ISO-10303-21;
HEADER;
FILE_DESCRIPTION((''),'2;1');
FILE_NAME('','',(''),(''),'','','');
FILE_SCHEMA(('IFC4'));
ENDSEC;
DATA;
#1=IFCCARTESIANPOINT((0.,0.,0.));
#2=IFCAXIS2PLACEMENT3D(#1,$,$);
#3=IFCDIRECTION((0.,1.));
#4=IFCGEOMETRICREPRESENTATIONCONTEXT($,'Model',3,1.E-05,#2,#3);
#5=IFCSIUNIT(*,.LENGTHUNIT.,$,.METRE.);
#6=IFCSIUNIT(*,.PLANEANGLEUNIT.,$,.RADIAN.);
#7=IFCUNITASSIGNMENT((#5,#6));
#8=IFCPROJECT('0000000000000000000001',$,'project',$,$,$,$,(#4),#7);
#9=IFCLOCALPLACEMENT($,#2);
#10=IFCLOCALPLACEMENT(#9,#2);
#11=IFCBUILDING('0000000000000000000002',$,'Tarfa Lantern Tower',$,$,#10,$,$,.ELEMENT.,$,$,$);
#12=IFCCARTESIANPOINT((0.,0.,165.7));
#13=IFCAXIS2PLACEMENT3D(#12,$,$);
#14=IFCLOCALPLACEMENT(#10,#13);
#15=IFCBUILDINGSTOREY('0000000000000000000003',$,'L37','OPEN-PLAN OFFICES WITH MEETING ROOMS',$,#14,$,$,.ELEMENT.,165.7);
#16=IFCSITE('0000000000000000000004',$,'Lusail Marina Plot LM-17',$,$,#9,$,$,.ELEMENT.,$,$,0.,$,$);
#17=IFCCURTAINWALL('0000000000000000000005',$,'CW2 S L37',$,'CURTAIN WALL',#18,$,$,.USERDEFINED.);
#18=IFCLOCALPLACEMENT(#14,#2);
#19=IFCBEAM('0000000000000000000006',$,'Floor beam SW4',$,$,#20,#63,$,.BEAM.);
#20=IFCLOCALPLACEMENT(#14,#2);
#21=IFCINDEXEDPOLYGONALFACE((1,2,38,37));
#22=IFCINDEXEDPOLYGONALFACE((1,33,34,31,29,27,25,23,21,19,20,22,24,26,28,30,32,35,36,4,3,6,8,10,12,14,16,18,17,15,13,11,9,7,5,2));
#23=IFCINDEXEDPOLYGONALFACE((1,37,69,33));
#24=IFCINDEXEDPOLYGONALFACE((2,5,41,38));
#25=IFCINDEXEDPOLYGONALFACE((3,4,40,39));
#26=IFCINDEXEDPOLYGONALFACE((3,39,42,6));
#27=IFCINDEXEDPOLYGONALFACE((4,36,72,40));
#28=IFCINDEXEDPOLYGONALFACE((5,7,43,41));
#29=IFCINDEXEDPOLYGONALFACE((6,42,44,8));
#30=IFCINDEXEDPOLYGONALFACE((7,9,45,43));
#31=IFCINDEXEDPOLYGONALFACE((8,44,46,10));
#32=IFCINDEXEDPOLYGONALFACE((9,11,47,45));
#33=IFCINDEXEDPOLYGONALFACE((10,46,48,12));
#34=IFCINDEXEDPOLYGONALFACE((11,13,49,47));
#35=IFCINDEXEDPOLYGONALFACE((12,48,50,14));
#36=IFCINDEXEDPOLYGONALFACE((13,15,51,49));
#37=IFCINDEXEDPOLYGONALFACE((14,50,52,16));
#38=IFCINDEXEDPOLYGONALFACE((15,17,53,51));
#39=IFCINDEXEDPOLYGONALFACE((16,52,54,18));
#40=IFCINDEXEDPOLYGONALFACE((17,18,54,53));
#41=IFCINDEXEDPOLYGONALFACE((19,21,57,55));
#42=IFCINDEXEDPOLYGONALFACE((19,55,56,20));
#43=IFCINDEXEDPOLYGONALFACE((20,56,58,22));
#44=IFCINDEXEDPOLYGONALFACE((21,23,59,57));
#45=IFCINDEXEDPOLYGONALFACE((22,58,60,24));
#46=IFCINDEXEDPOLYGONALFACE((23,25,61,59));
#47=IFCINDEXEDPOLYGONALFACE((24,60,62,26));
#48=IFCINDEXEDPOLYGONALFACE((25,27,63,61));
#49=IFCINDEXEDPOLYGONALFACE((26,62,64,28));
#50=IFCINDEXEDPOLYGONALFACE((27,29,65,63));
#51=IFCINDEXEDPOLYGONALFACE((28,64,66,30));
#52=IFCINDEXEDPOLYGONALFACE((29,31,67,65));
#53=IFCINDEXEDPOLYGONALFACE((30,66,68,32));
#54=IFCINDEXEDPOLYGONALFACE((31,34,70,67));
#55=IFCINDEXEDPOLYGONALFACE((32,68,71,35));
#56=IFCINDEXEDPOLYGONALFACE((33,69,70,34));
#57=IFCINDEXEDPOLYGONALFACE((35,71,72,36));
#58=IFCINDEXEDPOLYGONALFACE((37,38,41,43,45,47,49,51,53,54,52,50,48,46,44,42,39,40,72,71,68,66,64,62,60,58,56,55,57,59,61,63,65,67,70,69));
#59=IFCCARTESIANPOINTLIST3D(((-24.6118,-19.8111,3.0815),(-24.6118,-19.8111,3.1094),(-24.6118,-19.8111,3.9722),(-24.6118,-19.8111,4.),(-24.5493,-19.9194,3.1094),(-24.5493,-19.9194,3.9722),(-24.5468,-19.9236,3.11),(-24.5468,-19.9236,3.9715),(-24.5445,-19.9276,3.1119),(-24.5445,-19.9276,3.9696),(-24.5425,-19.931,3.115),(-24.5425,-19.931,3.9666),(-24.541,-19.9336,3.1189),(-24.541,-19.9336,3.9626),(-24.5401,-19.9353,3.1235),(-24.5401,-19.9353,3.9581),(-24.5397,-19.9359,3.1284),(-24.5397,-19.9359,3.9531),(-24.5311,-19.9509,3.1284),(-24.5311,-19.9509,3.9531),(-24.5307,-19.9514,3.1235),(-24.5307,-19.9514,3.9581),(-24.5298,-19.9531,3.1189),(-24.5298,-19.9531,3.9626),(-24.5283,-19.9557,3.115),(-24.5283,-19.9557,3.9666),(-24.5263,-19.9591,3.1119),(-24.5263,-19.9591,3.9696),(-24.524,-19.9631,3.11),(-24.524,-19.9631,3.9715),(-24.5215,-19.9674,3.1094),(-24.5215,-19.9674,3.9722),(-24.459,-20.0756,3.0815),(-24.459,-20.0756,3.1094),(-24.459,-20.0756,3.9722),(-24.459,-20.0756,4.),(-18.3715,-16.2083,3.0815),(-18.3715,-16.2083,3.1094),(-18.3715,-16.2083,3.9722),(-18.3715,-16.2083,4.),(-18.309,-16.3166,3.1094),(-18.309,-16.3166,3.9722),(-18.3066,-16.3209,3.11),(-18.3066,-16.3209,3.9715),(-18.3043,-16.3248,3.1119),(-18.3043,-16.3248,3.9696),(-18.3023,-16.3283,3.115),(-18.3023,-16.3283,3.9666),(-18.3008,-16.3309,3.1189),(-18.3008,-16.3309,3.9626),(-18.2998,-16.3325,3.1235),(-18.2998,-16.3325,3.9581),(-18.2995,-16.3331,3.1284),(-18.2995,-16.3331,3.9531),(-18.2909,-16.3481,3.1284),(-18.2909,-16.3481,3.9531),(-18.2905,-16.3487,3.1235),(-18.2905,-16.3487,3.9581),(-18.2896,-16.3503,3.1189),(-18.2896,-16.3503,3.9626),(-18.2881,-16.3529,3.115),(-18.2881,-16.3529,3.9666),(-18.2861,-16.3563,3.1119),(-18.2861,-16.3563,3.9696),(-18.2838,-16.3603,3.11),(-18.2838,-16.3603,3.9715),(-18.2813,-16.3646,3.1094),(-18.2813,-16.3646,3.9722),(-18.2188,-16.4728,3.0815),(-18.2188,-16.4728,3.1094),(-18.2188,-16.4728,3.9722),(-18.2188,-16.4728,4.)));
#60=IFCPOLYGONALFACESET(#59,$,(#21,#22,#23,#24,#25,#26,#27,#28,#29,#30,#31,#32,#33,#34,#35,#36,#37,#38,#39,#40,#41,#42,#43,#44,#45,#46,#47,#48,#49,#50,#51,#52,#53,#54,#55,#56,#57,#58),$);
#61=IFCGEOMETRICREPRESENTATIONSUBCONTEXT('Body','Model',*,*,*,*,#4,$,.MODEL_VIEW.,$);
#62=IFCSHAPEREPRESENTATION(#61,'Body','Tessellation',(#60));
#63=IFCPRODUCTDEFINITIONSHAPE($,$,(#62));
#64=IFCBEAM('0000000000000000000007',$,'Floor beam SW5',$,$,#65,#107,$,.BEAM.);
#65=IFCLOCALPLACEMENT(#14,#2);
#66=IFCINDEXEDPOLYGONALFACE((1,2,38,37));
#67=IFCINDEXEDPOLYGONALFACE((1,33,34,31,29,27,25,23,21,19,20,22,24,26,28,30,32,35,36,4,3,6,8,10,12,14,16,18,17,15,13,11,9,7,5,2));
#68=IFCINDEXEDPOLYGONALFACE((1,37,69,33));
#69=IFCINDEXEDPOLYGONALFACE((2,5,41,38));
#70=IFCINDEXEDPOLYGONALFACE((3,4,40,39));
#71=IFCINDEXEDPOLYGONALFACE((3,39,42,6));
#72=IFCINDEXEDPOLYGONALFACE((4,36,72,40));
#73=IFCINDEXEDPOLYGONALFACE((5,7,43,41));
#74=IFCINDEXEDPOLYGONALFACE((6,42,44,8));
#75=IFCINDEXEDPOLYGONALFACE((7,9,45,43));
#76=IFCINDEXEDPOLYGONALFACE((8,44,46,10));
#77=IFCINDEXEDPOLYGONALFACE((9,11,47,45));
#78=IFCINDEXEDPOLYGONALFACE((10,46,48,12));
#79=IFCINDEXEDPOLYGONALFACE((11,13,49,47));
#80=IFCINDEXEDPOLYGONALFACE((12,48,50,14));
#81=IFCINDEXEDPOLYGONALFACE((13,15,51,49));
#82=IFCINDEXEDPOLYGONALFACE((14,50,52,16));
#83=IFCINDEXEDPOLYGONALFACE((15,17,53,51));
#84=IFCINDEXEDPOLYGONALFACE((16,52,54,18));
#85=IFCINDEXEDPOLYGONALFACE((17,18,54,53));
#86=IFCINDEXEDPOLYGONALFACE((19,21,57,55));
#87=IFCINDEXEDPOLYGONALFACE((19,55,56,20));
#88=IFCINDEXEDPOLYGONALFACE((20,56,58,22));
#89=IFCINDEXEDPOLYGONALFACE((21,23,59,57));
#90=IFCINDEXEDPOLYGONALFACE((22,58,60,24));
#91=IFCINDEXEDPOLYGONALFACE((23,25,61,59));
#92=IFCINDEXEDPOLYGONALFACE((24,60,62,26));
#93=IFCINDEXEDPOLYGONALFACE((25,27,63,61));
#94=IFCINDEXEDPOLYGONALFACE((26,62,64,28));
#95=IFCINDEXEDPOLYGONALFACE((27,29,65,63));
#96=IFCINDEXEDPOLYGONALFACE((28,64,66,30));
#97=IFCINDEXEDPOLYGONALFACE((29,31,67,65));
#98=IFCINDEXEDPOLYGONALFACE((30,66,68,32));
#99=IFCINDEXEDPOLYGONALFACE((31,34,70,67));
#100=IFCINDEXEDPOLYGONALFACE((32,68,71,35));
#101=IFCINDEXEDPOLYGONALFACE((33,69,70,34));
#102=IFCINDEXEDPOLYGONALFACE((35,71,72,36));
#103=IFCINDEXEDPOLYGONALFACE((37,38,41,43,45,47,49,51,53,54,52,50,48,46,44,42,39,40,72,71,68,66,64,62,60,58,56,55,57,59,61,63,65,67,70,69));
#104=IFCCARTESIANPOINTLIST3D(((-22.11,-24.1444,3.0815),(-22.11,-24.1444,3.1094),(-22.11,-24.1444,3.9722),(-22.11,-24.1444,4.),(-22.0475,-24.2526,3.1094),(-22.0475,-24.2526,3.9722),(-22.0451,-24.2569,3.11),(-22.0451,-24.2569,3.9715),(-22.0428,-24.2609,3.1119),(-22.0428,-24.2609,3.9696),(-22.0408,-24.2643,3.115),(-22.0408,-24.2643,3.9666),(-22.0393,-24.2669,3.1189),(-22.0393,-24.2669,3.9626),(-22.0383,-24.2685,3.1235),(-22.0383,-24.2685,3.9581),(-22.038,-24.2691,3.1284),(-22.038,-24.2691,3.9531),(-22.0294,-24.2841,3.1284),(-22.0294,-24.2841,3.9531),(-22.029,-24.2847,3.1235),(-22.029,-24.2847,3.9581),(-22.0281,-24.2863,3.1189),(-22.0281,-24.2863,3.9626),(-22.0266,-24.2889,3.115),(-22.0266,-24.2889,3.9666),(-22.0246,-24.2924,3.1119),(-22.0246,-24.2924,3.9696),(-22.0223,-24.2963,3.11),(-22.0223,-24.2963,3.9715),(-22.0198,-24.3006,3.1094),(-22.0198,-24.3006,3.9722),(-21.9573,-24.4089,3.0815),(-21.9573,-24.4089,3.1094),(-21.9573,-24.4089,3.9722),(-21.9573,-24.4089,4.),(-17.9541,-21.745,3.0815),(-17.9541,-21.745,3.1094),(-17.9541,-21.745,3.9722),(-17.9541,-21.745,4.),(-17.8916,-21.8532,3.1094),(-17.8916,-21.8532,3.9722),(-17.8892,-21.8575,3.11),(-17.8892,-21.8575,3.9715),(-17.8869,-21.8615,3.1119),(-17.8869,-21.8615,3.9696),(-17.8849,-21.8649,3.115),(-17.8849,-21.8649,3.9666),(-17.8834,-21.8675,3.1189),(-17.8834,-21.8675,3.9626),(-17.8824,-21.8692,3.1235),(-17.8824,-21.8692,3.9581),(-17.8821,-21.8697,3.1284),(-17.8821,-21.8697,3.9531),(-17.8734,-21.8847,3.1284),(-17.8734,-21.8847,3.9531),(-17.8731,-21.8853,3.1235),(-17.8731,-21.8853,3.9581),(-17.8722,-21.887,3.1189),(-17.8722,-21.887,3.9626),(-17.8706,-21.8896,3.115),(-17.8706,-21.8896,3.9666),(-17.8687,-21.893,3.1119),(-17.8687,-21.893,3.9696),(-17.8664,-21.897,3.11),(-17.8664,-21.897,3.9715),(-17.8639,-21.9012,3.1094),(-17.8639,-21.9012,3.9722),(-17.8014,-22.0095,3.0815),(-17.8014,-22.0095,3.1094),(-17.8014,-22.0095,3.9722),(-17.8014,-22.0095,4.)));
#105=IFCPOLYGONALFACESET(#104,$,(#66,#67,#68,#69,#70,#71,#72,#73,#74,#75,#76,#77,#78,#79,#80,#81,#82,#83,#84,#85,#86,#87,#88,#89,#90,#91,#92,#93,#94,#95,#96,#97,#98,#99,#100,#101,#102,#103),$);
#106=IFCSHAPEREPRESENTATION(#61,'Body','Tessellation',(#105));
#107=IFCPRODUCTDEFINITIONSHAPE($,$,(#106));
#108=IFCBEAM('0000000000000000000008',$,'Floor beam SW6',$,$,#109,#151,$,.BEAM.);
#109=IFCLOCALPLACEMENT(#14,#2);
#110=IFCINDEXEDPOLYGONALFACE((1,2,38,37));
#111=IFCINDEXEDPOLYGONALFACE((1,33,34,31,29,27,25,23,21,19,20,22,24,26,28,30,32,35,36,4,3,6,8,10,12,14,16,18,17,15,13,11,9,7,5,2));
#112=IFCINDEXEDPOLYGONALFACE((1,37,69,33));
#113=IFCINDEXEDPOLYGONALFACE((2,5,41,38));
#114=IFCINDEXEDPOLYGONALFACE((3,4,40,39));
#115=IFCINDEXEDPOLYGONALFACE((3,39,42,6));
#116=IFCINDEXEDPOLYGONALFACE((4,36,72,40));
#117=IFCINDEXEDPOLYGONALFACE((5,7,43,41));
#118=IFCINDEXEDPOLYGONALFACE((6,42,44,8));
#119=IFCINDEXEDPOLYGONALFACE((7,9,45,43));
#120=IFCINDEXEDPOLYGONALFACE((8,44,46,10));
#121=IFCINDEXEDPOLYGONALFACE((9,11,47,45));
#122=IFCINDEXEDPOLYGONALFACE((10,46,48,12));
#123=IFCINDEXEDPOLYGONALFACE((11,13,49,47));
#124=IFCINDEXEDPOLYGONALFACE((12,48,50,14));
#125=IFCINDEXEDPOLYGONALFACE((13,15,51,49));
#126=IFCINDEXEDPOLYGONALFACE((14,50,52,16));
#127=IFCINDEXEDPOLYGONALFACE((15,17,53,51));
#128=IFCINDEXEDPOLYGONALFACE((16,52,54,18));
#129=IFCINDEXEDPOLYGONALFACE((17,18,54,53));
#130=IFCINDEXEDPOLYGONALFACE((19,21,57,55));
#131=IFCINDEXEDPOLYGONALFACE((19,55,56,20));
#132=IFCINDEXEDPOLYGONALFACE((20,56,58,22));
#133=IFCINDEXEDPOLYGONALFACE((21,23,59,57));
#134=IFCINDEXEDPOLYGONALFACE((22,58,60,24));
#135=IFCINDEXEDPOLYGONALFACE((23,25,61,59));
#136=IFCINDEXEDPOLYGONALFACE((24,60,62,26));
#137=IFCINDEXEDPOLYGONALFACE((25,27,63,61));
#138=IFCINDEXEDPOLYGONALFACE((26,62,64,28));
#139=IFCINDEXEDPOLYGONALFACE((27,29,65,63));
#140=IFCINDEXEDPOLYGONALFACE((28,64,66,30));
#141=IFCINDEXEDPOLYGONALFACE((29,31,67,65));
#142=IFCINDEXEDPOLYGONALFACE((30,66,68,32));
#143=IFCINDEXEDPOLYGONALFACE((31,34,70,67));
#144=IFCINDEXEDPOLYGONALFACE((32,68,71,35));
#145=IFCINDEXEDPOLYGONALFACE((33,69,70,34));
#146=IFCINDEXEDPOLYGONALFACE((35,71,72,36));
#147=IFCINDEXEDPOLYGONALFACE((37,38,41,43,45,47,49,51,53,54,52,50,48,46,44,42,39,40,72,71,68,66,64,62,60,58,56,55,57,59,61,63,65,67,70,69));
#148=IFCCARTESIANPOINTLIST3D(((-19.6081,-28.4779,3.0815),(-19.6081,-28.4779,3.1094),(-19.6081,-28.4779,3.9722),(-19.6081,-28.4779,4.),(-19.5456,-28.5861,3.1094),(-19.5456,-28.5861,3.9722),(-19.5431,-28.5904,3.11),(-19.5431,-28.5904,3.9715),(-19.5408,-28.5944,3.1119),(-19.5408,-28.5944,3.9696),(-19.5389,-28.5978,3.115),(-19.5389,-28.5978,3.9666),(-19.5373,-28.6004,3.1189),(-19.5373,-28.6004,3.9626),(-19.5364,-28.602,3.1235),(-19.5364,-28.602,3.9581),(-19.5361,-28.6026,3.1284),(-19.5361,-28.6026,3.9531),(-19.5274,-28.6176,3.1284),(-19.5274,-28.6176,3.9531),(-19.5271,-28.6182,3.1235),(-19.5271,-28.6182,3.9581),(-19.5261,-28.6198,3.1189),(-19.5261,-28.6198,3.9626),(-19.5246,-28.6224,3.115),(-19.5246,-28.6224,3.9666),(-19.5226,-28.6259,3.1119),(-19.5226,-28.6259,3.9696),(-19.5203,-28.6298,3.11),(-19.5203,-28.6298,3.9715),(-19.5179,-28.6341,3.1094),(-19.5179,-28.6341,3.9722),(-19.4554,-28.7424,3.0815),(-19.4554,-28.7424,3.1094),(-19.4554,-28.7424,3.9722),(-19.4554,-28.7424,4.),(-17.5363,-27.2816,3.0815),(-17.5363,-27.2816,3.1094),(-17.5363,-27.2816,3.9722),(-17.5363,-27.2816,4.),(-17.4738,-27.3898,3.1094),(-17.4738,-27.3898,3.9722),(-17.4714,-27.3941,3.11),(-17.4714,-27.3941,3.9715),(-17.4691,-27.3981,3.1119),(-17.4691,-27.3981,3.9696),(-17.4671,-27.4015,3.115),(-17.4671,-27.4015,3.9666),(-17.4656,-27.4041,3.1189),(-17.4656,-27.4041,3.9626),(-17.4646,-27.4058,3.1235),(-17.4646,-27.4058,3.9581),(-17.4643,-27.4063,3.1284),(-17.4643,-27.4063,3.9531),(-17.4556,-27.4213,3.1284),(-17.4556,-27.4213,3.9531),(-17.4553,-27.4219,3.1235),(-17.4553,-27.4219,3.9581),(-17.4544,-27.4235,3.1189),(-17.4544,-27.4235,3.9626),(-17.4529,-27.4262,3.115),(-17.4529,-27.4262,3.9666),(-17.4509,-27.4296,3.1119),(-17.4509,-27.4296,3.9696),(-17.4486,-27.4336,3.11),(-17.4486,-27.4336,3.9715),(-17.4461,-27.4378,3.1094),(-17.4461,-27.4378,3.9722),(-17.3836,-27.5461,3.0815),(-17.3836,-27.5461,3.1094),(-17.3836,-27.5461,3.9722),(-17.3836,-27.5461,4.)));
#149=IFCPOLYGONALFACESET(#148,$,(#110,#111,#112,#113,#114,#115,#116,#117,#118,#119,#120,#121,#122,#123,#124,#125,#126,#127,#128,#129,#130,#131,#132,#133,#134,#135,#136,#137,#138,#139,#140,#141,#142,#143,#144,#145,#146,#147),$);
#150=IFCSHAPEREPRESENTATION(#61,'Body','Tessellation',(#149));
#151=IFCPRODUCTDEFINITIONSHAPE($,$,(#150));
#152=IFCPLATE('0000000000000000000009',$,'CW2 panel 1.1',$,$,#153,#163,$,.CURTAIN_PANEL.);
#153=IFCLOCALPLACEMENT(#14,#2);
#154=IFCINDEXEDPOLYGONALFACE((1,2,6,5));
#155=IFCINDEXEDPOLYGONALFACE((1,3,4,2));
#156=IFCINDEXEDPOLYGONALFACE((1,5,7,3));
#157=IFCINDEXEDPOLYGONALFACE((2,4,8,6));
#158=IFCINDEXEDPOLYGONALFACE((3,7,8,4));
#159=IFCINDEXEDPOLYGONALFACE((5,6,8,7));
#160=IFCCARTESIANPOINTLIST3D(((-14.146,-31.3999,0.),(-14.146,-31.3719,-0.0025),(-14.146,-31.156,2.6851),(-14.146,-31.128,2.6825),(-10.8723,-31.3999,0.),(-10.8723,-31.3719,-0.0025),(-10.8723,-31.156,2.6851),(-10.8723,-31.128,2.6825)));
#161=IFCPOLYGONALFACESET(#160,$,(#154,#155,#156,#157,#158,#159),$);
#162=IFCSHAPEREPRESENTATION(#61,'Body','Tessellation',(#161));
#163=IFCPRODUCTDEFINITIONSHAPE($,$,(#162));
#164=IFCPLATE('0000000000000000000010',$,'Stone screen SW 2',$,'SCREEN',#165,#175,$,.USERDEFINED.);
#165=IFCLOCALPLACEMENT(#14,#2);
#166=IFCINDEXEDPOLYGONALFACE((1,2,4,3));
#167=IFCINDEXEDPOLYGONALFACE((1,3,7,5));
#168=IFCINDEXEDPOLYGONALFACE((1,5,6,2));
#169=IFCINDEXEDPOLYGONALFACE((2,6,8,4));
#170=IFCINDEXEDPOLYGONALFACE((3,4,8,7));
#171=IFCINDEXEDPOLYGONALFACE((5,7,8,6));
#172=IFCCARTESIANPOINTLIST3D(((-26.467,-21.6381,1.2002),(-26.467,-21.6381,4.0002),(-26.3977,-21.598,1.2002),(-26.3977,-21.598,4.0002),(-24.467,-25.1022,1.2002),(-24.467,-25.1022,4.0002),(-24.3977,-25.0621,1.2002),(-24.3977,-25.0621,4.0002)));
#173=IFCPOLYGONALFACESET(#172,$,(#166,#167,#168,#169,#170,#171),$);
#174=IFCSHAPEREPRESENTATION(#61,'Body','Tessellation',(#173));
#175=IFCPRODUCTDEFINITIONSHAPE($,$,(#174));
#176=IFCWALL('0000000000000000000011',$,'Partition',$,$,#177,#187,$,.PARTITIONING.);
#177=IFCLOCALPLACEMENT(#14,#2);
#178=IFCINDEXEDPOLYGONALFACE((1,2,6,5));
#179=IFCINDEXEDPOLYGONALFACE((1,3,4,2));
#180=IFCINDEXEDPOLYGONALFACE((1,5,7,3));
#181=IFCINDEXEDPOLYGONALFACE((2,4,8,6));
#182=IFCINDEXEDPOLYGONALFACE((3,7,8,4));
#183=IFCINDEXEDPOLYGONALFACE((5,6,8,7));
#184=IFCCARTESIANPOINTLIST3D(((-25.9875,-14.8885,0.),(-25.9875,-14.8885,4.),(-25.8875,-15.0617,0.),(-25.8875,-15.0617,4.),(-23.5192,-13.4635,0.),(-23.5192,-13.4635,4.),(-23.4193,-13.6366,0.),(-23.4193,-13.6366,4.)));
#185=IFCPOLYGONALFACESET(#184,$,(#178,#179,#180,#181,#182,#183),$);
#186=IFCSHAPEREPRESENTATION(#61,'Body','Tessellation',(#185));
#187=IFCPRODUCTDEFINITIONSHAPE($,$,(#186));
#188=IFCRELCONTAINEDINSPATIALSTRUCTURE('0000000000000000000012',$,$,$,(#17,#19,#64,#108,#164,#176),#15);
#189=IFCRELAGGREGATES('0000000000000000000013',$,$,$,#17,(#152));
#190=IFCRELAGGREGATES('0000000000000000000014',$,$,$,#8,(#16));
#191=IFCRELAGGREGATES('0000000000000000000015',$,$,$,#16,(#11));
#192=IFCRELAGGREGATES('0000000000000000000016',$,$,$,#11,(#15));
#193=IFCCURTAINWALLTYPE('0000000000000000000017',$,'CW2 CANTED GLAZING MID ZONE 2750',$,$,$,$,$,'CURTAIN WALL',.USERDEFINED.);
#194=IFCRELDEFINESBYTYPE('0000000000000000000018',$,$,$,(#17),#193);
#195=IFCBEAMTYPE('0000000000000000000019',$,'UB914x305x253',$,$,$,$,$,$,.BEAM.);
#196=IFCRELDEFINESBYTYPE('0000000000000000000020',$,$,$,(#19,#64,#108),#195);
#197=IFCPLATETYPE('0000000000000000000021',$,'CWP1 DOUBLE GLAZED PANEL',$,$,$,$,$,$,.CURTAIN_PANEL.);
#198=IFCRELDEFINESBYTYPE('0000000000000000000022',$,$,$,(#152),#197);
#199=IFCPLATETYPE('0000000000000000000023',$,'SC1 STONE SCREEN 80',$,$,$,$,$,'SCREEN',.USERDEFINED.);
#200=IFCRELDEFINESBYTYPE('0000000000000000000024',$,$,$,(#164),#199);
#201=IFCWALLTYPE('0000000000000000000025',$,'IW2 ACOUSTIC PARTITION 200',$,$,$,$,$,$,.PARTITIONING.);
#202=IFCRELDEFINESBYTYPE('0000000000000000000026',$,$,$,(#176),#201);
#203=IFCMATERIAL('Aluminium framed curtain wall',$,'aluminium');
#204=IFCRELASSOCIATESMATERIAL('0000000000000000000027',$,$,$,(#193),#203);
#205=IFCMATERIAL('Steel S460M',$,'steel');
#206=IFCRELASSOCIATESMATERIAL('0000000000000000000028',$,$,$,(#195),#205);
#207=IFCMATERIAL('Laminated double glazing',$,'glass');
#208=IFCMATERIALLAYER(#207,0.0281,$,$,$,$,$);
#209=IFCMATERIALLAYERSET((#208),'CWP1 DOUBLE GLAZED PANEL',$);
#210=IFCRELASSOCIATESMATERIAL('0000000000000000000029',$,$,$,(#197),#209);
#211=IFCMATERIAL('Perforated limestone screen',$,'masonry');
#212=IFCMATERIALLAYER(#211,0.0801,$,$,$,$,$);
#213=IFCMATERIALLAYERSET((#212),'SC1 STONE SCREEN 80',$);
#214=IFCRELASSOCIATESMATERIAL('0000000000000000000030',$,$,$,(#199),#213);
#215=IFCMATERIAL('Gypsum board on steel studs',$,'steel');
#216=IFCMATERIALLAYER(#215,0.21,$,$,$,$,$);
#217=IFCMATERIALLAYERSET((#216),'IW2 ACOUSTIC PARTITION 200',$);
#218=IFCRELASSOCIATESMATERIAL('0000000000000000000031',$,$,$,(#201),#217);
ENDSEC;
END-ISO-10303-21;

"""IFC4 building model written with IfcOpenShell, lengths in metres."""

from ifc_helpers import new_model, si_unit, direction, frame, frame_2d, origin, origin_2d, place, context, subcontext, project, spatial, polyline, rectangle, i_section, outline, extrude, material, layer, layer_set, material_profile, profile_set, type_object, element, aggregate, save


model = new_model("IFC4")

# Units and contexts
model_context = context("Model", 3, precision=1e-05, world=origin(), true_north=direction((0.0, 1.0)))
body_context = subcontext(model_context, "Body", "Model", "MODEL_VIEW")
ifc_project = project(units=[si_unit("LENGTHUNIT", "METRE"), si_unit("PLANEANGLEUNIT", "RADIAN")], contexts=[model_context])

# Site, building, storey
site_placement = place(None, origin())
site = spatial("IfcSite", under=ifc_project, at=site_placement, Name="Lusail Marina Plot LM-17", CompositionType="ELEMENT", RefElevation=0.0)
building_placement = place(site_placement, origin())
building = spatial("IfcBuilding", under=site, at=building_placement, Name="Tarfa Lantern Tower", CompositionType="ELEMENT")
storey_placement = place(building_placement, frame((0.0, 0.0, 165.7)))
storey = spatial("IfcBuildingStorey", under=building, at=storey_placement, Name="L37", Description="OPEN-PLAN OFFICES WITH MEETING ROOMS", CompositionType="ELEMENT", Elevation=165.7)

# Curtain wall
ifc_material_1 = material(Name="Aluminium framed curtain wall", Category="aluminium")
curtain_wall_type = type_object("IfcCurtainWallType", Name="CW2 CANTED GLAZING MID ZONE 2750", ElementType="CURTAIN WALL", PredefinedType="USERDEFINED", material=ifc_material_1)
curtain_wall_placement = place(storey_placement, origin())
curtain_wall = element("IfcCurtainWall", 1, at=curtain_wall_placement, inside=storey, type_object=curtain_wall_type, Name="CW2 S L37", ObjectType="CURTAIN WALL", PredefinedType="USERDEFINED")

# Beams
ifc_material_2 = material(Name="Steel S460M", Category="steel")
ifc_material_profile_1 = material_profile(ifc_material_2, i_section(OverallWidth=0.3054, OverallDepth=0.9185, WebThickness=0.0173, FlangeThickness=0.0278, FilletRadius=0.019, at=origin_2d()), Name="UB914x305x253")
ifc_profile_set_1 = profile_set([ifc_material_profile_1], Name="Steel S460M")
beam_type_1 = type_object("IfcBeamType", Name="UB914x305x253", PredefinedType="BEAM", material=ifc_profile_set_1)
beam_1_placement = place(storey_placement, frame((-24.5354, -19.9434, 3.5408), z_axis=(0.866026, 0.499998, 0.0), x_axis=(-0.499998, 0.866026, 0.0)))
element("IfcBeam", 2, at=beam_1_placement, inside=storey, type_object=beam_type_1, Name="Floor beam SW4", PredefinedType="BEAM", context=body_context, shape_type="SweptSolid", body=[
    extrude(i_section(OverallWidth=0.3054, OverallDepth=0.9185, WebThickness=0.0173, FlangeThickness=0.0278, FilletRadius=0.019, at=origin_2d()), origin(), (0.0, 0.0, 1.0), 7.2056),
])
beam_2_placement = place(storey_placement, frame((-22.0337, -24.2766, 3.5408), z_axis=(0.866031, 0.499991, 0.0), x_axis=(-0.499991, 0.866031, 0.0)))
element("IfcBeam", 3, at=beam_2_placement, inside=storey, type_object=beam_type_1, Name="Floor beam SW5", PredefinedType="BEAM", context=body_context, shape_type="SweptSolid", body=[
    extrude(i_section(OverallWidth=0.3054, OverallDepth=0.9185, WebThickness=0.0173, FlangeThickness=0.0278, FilletRadius=0.019, at=origin_2d()), origin(), (0.0, 0.0, 1.0), 4.7988),
])
beam_3_placement = place(storey_placement, frame((-19.5317, -28.6101, 3.5408), z_axis=(0.865999, 0.500046, 0.0), x_axis=(-0.500046, 0.865999, 0.0)))
element("IfcBeam", 4, at=beam_3_placement, inside=storey, type_object=beam_type_1, Name="Floor beam SW6", PredefinedType="BEAM", context=body_context, shape_type="SweptSolid", body=[
    extrude(i_section(OverallWidth=0.3054, OverallDepth=0.9185, WebThickness=0.0173, FlangeThickness=0.0278, FilletRadius=0.019, at=origin_2d()), origin(), (0.0, 0.0, 1.0), 2.3923),
])

# Plates
ifc_material_3 = material(Name="Laminated double glazing", Category="glass")
ifc_layer_1 = layer(ifc_material_3, 0.0281)
ifc_layer_set_1 = layer_set([ifc_layer_1], Name="CWP1 DOUBLE GLAZED PANEL")
plate_type_1 = type_object("IfcPlateType", Name="CWP1 DOUBLE GLAZED PANEL", PredefinedType="CURTAIN_PANEL", material=ifc_layer_set_1)
plate_1_placement = place(storey_placement, frame((-14.146, -31.3999, 0.0), z_axis=(0.0, -0.9959, 0.090462), x_axis=(1.0, 0.0, 0.0)))
plate_1 = element("IfcPlate", 5, at=plate_1_placement, type_object=plate_type_1, Name="CW2 panel 1.1", PredefinedType="CURTAIN_PANEL", context=body_context, shape_type="SweptSolid", body=[
    extrude(outline(polyline([(0.0, 0.0), (3.2737, 0.0), (3.2737, 2.6961), (0.0, 2.6961), (0.0, 0.0)])), origin(), (0.0, 0.0, -1.0), 0.0281),
])
aggregate(curtain_wall, [plate_1])
ifc_material_4 = material(Name="Perforated limestone screen", Category="masonry")
ifc_layer_2 = layer(ifc_material_4, 0.0801)
ifc_layer_set_2 = layer_set([ifc_layer_2], Name="SC1 STONE SCREEN 80")
plate_type_2 = type_object("IfcPlateType", Name="SC1 STONE SCREEN 80", ElementType="SCREEN", PredefinedType="USERDEFINED", material=ifc_layer_set_2)
plate_2_placement = place(storey_placement, frame((-25.4324, -23.3501, 1.2002), z_axis=(0.0, 0.0, 1.0), x_axis=(0.5, -0.866025, 0.0)))
element("IfcPlate", 6, at=plate_2_placement, inside=storey, type_object=plate_type_2, Name="Stone screen SW 2", ObjectType="SCREEN", PredefinedType="USERDEFINED", context=body_context, shape_type="SweptSolid", body=[
    extrude(rectangle(XDim=4.0, YDim=0.0801, at=origin_2d()), origin(), (0.0, 0.0, 1.0), 2.8),
])

# Wall
ifc_material_5 = material(Name="Gypsum board on steel studs", Category="steel")
ifc_layer_3 = layer(ifc_material_5, 0.21)
ifc_layer_set_3 = layer_set([ifc_layer_3], Name="IW2 ACOUSTIC PARTITION 200")
wall_type = type_object("IfcWallType", Name="IW2 ACOUSTIC PARTITION 200", PredefinedType="PARTITIONING", material=ifc_layer_set_3)
wall_placement = place(storey_placement, frame((-23.4692, -13.55, 0.0), z_axis=(0.0, 0.0, 1.0), x_axis=(-0.866026, -0.499999, 0.0)))
element("IfcWall", 7, at=wall_placement, inside=storey, type_object=wall_type, Name="Partition", PredefinedType="PARTITIONING", context=body_context, shape_type="SweptSolid", body=[
    extrude(rectangle(XDim=2.8501, YDim=0.2, at=frame_2d((1.425, 0.0))), origin(), (0.0, 0.0, 1.0), 4.0),
])

save(model, "model.ifc")
